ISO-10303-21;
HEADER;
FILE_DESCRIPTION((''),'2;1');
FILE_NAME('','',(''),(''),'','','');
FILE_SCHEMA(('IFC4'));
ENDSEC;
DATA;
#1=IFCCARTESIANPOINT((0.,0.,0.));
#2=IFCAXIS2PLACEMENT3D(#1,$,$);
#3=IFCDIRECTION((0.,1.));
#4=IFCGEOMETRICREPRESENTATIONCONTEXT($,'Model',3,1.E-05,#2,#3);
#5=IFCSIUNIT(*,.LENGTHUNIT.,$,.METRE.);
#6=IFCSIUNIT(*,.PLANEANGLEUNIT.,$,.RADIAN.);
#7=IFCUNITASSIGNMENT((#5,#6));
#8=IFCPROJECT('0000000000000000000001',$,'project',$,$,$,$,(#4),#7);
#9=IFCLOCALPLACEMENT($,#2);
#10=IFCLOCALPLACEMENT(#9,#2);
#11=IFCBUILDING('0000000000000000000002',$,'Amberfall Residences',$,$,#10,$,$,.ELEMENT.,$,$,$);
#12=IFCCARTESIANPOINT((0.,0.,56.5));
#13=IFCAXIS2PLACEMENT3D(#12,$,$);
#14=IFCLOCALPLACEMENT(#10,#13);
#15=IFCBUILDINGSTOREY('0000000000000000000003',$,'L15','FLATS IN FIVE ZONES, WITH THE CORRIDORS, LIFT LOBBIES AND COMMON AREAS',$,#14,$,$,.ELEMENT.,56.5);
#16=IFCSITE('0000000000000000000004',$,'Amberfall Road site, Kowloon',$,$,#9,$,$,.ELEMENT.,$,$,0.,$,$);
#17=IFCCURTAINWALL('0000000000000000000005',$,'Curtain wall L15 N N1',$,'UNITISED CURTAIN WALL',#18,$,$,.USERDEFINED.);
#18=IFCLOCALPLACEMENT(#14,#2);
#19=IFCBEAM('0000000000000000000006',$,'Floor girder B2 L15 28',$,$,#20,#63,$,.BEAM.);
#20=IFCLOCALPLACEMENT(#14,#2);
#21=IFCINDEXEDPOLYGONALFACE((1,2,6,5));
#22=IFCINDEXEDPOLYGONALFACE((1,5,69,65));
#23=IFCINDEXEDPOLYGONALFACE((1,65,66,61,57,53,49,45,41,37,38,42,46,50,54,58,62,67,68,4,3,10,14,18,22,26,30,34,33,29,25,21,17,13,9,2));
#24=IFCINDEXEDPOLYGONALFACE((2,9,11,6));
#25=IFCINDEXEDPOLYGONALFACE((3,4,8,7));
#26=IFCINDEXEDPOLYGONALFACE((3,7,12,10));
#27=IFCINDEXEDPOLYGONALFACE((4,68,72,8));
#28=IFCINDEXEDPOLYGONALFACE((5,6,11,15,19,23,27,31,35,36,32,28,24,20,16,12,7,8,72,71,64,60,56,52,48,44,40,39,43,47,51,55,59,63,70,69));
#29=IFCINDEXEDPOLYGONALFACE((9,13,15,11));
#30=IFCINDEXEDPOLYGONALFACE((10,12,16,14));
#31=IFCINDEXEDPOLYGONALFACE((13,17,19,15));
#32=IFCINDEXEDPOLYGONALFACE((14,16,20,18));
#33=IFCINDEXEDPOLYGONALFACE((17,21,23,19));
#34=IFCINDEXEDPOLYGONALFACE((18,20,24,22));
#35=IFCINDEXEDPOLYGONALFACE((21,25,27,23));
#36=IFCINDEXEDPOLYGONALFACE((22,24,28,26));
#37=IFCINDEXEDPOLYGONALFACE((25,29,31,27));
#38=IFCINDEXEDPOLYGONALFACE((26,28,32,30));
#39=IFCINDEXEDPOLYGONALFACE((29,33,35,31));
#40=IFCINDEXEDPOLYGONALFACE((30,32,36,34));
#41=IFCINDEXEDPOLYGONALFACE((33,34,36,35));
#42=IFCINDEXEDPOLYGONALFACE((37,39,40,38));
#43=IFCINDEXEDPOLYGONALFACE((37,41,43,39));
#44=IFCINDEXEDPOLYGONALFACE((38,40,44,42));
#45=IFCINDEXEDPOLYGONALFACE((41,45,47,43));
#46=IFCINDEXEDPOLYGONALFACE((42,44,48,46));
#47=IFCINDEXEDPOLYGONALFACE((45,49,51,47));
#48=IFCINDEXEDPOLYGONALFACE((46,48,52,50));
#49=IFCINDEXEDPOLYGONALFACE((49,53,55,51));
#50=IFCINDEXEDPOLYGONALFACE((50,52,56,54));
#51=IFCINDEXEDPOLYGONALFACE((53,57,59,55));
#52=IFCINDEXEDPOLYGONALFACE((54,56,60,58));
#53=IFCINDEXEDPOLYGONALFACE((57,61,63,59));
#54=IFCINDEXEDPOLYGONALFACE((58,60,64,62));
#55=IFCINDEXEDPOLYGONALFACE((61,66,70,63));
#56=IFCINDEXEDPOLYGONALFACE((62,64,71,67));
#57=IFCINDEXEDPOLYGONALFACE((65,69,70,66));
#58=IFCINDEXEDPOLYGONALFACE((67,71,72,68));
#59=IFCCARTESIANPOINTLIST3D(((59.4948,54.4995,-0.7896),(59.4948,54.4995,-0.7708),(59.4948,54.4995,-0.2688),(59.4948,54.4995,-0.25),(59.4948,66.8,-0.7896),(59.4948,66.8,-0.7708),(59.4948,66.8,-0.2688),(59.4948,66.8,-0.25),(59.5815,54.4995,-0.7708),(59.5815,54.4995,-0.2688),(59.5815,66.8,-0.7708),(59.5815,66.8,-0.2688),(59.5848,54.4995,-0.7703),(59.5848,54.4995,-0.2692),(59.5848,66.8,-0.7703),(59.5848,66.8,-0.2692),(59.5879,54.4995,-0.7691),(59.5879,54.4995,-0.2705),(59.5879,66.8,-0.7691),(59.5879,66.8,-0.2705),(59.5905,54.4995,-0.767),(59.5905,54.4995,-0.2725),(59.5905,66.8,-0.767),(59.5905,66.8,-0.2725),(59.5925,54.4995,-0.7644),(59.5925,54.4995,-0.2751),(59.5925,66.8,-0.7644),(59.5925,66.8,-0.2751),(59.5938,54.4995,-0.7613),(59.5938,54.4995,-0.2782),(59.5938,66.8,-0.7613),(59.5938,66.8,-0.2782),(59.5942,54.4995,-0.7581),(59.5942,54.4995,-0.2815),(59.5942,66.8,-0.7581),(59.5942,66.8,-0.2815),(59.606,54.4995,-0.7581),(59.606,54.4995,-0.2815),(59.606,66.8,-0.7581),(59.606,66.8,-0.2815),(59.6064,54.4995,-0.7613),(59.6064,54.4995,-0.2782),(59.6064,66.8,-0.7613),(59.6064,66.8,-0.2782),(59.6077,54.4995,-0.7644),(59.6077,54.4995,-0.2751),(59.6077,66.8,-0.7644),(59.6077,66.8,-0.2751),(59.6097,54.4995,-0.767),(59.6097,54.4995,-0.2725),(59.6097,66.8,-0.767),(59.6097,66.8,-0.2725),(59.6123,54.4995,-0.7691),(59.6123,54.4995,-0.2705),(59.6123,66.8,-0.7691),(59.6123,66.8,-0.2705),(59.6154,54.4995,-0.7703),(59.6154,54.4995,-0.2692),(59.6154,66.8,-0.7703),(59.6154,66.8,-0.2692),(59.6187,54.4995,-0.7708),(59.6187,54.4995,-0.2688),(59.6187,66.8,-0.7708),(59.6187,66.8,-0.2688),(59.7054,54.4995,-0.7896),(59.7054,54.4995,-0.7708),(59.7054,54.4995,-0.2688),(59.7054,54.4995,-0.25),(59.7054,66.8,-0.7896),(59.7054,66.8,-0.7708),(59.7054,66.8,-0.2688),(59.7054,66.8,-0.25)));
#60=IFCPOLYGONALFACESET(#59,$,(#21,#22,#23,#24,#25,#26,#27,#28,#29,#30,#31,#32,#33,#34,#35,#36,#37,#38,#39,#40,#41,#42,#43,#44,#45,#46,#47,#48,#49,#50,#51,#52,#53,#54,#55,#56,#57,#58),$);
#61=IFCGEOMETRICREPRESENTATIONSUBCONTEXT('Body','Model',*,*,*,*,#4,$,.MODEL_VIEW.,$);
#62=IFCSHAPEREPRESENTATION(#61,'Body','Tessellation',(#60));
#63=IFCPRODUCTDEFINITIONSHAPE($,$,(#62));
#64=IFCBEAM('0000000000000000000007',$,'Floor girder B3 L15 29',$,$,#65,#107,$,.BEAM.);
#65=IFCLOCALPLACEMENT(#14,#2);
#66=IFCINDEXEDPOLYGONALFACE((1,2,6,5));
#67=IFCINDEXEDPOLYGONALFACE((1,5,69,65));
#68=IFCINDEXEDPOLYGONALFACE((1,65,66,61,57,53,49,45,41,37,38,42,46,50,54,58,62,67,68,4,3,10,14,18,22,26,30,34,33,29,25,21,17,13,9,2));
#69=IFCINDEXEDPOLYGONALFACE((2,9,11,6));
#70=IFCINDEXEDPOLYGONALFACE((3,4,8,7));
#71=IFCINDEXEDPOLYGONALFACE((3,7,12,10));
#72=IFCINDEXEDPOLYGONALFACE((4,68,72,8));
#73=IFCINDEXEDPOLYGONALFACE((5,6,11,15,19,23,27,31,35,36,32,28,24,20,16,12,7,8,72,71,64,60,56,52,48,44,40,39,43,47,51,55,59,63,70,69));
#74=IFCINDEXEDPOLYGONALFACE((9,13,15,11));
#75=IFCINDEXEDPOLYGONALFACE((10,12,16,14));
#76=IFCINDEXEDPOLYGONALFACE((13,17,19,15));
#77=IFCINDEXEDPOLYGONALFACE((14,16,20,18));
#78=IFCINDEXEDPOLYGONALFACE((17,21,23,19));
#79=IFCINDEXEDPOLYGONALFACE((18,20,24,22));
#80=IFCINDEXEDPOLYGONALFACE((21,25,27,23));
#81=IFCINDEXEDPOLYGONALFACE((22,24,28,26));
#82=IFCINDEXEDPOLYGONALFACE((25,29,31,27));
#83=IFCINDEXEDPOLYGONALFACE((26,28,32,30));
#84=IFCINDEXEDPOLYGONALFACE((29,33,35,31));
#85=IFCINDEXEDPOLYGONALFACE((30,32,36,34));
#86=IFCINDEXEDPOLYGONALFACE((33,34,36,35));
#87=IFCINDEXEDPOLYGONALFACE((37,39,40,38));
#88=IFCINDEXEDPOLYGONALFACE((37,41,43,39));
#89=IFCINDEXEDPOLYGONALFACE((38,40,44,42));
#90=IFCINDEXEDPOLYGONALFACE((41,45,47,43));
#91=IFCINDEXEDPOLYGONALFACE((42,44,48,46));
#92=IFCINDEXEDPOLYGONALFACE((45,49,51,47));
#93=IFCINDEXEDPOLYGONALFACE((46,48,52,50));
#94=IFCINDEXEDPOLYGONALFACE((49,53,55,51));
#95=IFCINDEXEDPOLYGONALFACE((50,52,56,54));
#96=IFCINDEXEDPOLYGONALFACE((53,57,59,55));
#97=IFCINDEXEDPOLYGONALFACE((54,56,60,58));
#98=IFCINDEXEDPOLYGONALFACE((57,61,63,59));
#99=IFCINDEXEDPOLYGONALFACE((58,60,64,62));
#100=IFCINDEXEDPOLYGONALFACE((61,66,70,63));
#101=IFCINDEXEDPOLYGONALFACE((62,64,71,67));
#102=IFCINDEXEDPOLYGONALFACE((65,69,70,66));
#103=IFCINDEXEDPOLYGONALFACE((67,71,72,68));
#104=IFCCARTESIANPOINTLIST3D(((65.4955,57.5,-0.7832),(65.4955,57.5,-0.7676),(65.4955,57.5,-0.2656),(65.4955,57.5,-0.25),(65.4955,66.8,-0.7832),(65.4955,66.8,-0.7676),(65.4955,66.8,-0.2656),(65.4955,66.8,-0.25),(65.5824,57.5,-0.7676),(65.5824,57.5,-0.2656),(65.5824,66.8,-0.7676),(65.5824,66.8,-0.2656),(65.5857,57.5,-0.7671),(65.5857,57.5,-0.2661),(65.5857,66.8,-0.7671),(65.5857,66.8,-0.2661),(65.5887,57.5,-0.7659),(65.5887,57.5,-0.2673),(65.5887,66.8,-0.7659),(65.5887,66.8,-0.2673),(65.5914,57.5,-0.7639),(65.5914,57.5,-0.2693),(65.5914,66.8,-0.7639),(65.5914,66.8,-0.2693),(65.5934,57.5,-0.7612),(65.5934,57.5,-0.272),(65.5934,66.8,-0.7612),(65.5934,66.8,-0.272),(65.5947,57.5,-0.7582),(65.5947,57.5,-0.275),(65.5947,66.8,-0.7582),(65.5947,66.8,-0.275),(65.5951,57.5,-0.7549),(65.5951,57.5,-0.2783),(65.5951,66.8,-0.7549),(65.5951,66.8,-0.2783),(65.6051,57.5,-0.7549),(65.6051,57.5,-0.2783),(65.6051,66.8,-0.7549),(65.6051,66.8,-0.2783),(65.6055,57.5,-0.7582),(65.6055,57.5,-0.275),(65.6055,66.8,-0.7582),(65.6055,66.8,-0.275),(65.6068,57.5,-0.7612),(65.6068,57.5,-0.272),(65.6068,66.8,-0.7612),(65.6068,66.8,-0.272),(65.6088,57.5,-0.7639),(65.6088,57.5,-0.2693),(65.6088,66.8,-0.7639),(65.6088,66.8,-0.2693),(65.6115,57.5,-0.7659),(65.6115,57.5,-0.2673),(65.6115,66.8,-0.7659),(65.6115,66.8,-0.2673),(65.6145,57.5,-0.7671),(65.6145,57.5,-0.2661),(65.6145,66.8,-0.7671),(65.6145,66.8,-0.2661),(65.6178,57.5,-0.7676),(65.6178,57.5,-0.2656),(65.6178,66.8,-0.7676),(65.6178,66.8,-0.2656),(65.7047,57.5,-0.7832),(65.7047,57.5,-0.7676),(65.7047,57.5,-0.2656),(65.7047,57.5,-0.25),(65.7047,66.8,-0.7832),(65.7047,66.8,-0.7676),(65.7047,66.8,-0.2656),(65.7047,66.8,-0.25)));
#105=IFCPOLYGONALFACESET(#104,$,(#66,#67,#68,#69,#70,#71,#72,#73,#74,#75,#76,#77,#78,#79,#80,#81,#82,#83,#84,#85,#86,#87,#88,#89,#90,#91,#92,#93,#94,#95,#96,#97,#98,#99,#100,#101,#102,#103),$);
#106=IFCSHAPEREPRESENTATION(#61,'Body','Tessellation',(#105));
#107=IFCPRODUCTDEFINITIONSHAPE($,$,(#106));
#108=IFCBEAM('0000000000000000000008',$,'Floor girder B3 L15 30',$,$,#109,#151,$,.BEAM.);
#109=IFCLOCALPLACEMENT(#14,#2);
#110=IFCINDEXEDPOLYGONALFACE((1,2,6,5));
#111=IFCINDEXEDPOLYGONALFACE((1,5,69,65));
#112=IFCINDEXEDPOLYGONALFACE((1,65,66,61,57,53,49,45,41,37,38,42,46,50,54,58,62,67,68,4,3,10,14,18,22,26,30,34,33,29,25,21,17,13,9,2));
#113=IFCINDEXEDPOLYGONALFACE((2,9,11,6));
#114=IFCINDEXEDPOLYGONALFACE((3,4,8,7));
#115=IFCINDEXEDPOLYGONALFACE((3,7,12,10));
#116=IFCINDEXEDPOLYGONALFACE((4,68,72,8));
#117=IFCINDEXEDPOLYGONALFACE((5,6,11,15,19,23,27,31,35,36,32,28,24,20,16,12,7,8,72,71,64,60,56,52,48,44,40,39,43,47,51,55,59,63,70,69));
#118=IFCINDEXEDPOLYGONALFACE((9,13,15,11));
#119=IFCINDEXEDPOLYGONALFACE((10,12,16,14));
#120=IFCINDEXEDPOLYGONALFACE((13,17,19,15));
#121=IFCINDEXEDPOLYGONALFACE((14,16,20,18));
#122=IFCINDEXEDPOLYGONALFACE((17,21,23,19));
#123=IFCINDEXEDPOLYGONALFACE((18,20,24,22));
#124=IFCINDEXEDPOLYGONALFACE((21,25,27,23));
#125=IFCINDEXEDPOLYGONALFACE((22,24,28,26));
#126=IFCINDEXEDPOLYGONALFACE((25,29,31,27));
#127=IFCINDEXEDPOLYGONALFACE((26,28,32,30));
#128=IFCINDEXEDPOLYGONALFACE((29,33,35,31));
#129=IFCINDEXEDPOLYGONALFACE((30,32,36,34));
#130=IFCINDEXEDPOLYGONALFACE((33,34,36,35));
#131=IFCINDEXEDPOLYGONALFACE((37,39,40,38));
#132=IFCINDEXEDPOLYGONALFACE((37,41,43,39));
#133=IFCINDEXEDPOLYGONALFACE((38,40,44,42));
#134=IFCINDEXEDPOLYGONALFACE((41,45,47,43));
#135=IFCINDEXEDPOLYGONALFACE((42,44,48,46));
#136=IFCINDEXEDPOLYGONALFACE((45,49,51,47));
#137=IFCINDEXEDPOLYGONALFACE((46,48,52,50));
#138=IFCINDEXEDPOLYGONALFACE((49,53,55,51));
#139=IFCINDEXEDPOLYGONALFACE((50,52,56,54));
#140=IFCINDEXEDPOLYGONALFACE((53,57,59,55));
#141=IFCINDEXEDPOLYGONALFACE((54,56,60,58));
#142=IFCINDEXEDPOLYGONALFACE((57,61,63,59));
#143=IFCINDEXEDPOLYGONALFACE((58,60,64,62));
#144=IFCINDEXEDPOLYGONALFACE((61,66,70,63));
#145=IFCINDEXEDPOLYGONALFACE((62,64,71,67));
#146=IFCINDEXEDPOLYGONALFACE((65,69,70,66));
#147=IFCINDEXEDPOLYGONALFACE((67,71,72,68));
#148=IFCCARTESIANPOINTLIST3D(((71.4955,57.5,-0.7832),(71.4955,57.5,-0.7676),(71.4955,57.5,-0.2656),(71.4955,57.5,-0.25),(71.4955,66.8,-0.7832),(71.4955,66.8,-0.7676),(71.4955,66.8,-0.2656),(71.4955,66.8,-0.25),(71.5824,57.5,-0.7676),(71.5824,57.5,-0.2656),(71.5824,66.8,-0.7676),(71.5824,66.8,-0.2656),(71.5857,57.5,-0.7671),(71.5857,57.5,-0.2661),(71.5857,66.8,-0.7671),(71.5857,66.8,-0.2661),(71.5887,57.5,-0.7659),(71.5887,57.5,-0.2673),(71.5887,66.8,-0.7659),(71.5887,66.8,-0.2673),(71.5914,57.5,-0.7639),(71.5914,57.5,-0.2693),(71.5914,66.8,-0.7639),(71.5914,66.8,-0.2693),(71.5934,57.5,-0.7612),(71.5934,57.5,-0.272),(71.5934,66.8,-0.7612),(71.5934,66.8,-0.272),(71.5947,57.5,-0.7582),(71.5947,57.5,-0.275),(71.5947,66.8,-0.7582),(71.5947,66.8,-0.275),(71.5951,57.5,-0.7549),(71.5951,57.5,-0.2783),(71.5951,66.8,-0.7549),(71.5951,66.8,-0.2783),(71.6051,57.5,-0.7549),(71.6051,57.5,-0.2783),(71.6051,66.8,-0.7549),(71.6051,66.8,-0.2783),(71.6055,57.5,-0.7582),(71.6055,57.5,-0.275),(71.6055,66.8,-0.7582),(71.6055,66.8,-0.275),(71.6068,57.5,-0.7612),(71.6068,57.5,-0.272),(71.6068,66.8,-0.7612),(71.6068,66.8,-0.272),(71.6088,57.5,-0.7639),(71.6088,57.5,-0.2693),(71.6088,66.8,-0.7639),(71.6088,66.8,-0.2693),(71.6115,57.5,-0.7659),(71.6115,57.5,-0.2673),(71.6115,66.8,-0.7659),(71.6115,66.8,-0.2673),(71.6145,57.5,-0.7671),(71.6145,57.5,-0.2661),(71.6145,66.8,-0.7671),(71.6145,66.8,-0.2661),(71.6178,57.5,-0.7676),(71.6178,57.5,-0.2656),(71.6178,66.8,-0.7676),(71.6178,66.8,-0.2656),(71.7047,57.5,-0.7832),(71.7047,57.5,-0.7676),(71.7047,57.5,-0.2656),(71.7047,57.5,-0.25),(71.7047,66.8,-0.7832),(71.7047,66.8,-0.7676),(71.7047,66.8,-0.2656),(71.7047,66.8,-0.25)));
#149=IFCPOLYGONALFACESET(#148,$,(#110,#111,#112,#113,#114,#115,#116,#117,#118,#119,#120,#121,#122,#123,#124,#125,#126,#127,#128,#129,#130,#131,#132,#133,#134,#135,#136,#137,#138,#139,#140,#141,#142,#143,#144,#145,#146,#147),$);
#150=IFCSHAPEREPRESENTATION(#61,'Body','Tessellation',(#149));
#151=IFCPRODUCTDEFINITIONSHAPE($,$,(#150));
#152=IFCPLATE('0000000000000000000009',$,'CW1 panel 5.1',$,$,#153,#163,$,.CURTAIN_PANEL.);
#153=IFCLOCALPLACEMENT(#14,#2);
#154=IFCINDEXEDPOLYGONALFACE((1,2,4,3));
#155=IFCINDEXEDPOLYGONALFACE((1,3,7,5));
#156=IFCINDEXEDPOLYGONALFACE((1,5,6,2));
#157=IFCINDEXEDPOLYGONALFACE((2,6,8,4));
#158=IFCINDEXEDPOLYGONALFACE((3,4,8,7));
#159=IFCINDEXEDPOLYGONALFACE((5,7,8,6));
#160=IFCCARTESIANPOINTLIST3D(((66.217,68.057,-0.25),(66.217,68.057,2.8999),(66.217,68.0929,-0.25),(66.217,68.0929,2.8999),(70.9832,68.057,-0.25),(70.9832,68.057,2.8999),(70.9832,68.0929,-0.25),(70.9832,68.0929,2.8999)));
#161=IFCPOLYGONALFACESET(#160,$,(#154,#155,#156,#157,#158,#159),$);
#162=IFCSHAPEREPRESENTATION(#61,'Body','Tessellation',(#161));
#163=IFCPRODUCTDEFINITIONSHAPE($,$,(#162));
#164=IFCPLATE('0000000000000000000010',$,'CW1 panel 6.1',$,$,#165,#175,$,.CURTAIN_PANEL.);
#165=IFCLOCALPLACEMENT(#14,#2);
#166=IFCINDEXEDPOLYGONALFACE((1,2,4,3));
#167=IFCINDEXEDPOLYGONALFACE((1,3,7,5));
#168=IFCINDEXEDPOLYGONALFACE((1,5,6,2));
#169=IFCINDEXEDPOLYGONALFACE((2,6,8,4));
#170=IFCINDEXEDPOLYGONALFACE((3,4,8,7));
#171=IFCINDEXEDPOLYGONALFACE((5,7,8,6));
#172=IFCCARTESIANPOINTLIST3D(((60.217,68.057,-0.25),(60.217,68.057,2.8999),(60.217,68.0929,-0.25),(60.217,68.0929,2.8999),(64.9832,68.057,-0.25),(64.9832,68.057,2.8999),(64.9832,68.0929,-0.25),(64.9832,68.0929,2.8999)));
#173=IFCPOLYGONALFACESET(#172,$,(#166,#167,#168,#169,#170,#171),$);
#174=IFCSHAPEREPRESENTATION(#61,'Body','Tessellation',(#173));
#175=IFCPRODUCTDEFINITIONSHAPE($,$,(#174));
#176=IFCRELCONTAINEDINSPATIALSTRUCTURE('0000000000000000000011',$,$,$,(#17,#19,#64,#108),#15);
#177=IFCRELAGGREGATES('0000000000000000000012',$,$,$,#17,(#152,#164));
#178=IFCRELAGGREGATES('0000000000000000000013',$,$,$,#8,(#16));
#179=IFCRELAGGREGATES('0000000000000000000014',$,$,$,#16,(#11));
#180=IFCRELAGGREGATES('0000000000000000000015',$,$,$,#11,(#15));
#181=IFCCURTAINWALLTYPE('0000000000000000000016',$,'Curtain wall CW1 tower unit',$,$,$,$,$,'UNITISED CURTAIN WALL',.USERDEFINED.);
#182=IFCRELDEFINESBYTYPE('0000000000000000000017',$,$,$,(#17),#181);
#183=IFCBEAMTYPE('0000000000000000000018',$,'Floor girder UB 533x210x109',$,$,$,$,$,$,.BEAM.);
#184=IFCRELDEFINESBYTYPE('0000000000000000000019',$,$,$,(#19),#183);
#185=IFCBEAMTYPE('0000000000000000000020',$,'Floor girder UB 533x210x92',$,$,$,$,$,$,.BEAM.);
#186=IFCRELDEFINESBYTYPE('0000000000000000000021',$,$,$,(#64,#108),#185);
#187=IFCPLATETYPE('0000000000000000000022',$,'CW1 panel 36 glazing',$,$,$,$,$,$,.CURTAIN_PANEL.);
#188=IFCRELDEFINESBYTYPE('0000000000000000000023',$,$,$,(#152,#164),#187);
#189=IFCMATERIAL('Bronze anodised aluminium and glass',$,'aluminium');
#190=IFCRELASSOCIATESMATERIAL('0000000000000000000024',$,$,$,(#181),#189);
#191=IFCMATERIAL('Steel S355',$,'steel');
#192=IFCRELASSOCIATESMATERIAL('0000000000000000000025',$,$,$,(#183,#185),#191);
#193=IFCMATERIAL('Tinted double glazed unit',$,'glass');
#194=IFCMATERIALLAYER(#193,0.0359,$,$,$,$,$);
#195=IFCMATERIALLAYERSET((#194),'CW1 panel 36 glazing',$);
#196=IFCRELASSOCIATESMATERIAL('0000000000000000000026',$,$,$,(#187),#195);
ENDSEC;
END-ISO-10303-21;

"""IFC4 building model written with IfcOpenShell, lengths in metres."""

from ifc_helpers import new_model, si_unit, direction, frame, origin, origin_2d, place, context, subcontext, project, spatial, rectangle, i_section, extrude, material, layer, layer_set, material_profile, profile_set, type_object, element, aggregate, save


model = new_model("IFC4")

# Units and contexts
model_context = context("Model", 3, precision=1e-05, world=origin(), true_north=direction((0.0, 1.0)))
body_context = subcontext(model_context, "Body", "Model", "MODEL_VIEW")
ifc_project = project(units=[si_unit("LENGTHUNIT", "METRE"), si_unit("PLANEANGLEUNIT", "RADIAN")], contexts=[model_context])

# Site, building, storey
site_placement = place(None, origin())
site = spatial("IfcSite", under=ifc_project, at=site_placement, Name="Amberfall Road site, Kowloon", CompositionType="ELEMENT", RefElevation=0.0)
building_placement = place(site_placement, origin())
building = spatial("IfcBuilding", under=site, at=building_placement, Name="Amberfall Residences", CompositionType="ELEMENT")
storey_placement = place(building_placement, frame((0.0, 0.0, 56.5)))
storey = spatial("IfcBuildingStorey", under=building, at=storey_placement, Name="L15", Description="FLATS IN FIVE ZONES, WITH THE CORRIDORS, LIFT LOBBIES AND COMMON AREAS", CompositionType="ELEMENT", Elevation=56.5)

# Curtain wall
ifc_material_1 = material(Name="Bronze anodised aluminium and glass", Category="aluminium")
curtain_wall_type = type_object("IfcCurtainWallType", Name="Curtain wall CW1 tower unit", ElementType="UNITISED CURTAIN WALL", PredefinedType="USERDEFINED", material=ifc_material_1)
curtain_wall_placement = place(storey_placement, origin())
curtain_wall = element("IfcCurtainWall", 1, at=curtain_wall_placement, inside=storey, type_object=curtain_wall_type, Name="Curtain wall L15 N N1", ObjectType="UNITISED CURTAIN WALL", PredefinedType="USERDEFINED")

# Shared definitions
ifc_material_2 = material(Name="Steel S355", Category="steel")

# Beams
ifc_material_profile_1 = material_profile(ifc_material_2, i_section(OverallWidth=0.2107, OverallDepth=0.5396, WebThickness=0.0117, FlangeThickness=0.0188, FilletRadius=0.0127, at=origin_2d()), Name="UB 533x210x109")
ifc_profile_set_1 = profile_set([ifc_material_profile_1], Name="Steel S355")
beam_type_1 = type_object("IfcBeamType", Name="Floor girder UB 533x210x109", PredefinedType="BEAM", material=ifc_profile_set_1)
beam_placement = place(storey_placement, frame((59.6001, 66.8, -0.5198), z_axis=(0.0, -1.0, 0.0), x_axis=(1.0, 0.0, 0.0)))
element("IfcBeam", 2, at=beam_placement, inside=storey, type_object=beam_type_1, Name="Floor girder B2 L15 28", PredefinedType="BEAM", context=body_context, shape_type="SweptSolid", body=[
    extrude(i_section(OverallWidth=0.2107, OverallDepth=0.5396, WebThickness=0.0117, FlangeThickness=0.0188, FilletRadius=0.0127, at=origin_2d()), origin(), (0.0, 0.0, 1.0), 12.3005),
])
ifc_material_profile_2 = material_profile(ifc_material_2, i_section(OverallWidth=0.2092, OverallDepth=0.5332, WebThickness=0.01, FlangeThickness=0.0156, FilletRadius=0.0127, at=origin_2d()), Name="UB 533x210x92")
ifc_profile_set_2 = profile_set([ifc_material_profile_2], Name="Steel S355")
beam_type_2 = type_object("IfcBeamType", Name="Floor girder UB 533x210x92", PredefinedType="BEAM", material=ifc_profile_set_2)
for number, where, z_axis, x_axis, name in (
    (3, (65.6001, 66.8, -0.5166), (0.0, -1.0, 0.0), (1.0, 0.0, 0.0), "Floor girder B3 L15 29"),
    (4, (71.6001, 66.8, -0.5166), (0.0, -1.0, 0.0), (1.0, 0.0, 0.0), "Floor girder B3 L15 30"),
):
    element("IfcBeam", number, at=place(storey_placement, frame(where, z_axis=z_axis, x_axis=x_axis)), inside=storey, type_object=beam_type_2, Name=name, PredefinedType="BEAM", context=body_context, shape_type="SweptSolid", body=[
        extrude(i_section(OverallWidth=0.2092, OverallDepth=0.5332, WebThickness=0.01, FlangeThickness=0.0156, FilletRadius=0.0127, at=origin_2d()), origin(), (0.0, 0.0, 1.0), 9.3),
    ])

# Plates
ifc_material_3 = material(Name="Tinted double glazed unit", Category="glass")
ifc_layer_1 = layer(ifc_material_3, 0.0359)
ifc_layer_set_1 = layer_set([ifc_layer_1], Name="CW1 panel 36 glazing")
plate_type = type_object("IfcPlateType", Name="CW1 panel 36 glazing", PredefinedType="CURTAIN_PANEL", material=ifc_layer_set_1)
plate_1_placement = place(storey_placement, frame((68.6001, 68.075, -0.25), z_axis=(0.0, 0.0, 1.0), x_axis=(-1.0, 0.0, 0.0)))
plate_1 = element("IfcPlate", 5, at=plate_1_placement, type_object=plate_type, Name="CW1 panel 5.1", PredefinedType="CURTAIN_PANEL", context=body_context, shape_type="SweptSolid", body=[
    extrude(rectangle(XDim=4.7661, YDim=0.0359, at=origin_2d()), origin(), (0.0, 0.0, 1.0), 3.1499),
])
plate_2_placement = place(storey_placement, frame((62.6001, 68.075, -0.25), z_axis=(0.0, 0.0, 1.0), x_axis=(-1.0, 0.0, 0.0)))
plate_2 = element("IfcPlate", 6, at=plate_2_placement, type_object=plate_type, Name="CW1 panel 6.1", PredefinedType="CURTAIN_PANEL", context=body_context, shape_type="SweptSolid", body=[
    extrude(rectangle(XDim=4.7661, YDim=0.0359, at=origin_2d()), origin(), (0.0, 0.0, 1.0), 3.1499),
])
aggregate(curtain_wall, [plate_1, plate_2])

save(model, "model.ifc")
